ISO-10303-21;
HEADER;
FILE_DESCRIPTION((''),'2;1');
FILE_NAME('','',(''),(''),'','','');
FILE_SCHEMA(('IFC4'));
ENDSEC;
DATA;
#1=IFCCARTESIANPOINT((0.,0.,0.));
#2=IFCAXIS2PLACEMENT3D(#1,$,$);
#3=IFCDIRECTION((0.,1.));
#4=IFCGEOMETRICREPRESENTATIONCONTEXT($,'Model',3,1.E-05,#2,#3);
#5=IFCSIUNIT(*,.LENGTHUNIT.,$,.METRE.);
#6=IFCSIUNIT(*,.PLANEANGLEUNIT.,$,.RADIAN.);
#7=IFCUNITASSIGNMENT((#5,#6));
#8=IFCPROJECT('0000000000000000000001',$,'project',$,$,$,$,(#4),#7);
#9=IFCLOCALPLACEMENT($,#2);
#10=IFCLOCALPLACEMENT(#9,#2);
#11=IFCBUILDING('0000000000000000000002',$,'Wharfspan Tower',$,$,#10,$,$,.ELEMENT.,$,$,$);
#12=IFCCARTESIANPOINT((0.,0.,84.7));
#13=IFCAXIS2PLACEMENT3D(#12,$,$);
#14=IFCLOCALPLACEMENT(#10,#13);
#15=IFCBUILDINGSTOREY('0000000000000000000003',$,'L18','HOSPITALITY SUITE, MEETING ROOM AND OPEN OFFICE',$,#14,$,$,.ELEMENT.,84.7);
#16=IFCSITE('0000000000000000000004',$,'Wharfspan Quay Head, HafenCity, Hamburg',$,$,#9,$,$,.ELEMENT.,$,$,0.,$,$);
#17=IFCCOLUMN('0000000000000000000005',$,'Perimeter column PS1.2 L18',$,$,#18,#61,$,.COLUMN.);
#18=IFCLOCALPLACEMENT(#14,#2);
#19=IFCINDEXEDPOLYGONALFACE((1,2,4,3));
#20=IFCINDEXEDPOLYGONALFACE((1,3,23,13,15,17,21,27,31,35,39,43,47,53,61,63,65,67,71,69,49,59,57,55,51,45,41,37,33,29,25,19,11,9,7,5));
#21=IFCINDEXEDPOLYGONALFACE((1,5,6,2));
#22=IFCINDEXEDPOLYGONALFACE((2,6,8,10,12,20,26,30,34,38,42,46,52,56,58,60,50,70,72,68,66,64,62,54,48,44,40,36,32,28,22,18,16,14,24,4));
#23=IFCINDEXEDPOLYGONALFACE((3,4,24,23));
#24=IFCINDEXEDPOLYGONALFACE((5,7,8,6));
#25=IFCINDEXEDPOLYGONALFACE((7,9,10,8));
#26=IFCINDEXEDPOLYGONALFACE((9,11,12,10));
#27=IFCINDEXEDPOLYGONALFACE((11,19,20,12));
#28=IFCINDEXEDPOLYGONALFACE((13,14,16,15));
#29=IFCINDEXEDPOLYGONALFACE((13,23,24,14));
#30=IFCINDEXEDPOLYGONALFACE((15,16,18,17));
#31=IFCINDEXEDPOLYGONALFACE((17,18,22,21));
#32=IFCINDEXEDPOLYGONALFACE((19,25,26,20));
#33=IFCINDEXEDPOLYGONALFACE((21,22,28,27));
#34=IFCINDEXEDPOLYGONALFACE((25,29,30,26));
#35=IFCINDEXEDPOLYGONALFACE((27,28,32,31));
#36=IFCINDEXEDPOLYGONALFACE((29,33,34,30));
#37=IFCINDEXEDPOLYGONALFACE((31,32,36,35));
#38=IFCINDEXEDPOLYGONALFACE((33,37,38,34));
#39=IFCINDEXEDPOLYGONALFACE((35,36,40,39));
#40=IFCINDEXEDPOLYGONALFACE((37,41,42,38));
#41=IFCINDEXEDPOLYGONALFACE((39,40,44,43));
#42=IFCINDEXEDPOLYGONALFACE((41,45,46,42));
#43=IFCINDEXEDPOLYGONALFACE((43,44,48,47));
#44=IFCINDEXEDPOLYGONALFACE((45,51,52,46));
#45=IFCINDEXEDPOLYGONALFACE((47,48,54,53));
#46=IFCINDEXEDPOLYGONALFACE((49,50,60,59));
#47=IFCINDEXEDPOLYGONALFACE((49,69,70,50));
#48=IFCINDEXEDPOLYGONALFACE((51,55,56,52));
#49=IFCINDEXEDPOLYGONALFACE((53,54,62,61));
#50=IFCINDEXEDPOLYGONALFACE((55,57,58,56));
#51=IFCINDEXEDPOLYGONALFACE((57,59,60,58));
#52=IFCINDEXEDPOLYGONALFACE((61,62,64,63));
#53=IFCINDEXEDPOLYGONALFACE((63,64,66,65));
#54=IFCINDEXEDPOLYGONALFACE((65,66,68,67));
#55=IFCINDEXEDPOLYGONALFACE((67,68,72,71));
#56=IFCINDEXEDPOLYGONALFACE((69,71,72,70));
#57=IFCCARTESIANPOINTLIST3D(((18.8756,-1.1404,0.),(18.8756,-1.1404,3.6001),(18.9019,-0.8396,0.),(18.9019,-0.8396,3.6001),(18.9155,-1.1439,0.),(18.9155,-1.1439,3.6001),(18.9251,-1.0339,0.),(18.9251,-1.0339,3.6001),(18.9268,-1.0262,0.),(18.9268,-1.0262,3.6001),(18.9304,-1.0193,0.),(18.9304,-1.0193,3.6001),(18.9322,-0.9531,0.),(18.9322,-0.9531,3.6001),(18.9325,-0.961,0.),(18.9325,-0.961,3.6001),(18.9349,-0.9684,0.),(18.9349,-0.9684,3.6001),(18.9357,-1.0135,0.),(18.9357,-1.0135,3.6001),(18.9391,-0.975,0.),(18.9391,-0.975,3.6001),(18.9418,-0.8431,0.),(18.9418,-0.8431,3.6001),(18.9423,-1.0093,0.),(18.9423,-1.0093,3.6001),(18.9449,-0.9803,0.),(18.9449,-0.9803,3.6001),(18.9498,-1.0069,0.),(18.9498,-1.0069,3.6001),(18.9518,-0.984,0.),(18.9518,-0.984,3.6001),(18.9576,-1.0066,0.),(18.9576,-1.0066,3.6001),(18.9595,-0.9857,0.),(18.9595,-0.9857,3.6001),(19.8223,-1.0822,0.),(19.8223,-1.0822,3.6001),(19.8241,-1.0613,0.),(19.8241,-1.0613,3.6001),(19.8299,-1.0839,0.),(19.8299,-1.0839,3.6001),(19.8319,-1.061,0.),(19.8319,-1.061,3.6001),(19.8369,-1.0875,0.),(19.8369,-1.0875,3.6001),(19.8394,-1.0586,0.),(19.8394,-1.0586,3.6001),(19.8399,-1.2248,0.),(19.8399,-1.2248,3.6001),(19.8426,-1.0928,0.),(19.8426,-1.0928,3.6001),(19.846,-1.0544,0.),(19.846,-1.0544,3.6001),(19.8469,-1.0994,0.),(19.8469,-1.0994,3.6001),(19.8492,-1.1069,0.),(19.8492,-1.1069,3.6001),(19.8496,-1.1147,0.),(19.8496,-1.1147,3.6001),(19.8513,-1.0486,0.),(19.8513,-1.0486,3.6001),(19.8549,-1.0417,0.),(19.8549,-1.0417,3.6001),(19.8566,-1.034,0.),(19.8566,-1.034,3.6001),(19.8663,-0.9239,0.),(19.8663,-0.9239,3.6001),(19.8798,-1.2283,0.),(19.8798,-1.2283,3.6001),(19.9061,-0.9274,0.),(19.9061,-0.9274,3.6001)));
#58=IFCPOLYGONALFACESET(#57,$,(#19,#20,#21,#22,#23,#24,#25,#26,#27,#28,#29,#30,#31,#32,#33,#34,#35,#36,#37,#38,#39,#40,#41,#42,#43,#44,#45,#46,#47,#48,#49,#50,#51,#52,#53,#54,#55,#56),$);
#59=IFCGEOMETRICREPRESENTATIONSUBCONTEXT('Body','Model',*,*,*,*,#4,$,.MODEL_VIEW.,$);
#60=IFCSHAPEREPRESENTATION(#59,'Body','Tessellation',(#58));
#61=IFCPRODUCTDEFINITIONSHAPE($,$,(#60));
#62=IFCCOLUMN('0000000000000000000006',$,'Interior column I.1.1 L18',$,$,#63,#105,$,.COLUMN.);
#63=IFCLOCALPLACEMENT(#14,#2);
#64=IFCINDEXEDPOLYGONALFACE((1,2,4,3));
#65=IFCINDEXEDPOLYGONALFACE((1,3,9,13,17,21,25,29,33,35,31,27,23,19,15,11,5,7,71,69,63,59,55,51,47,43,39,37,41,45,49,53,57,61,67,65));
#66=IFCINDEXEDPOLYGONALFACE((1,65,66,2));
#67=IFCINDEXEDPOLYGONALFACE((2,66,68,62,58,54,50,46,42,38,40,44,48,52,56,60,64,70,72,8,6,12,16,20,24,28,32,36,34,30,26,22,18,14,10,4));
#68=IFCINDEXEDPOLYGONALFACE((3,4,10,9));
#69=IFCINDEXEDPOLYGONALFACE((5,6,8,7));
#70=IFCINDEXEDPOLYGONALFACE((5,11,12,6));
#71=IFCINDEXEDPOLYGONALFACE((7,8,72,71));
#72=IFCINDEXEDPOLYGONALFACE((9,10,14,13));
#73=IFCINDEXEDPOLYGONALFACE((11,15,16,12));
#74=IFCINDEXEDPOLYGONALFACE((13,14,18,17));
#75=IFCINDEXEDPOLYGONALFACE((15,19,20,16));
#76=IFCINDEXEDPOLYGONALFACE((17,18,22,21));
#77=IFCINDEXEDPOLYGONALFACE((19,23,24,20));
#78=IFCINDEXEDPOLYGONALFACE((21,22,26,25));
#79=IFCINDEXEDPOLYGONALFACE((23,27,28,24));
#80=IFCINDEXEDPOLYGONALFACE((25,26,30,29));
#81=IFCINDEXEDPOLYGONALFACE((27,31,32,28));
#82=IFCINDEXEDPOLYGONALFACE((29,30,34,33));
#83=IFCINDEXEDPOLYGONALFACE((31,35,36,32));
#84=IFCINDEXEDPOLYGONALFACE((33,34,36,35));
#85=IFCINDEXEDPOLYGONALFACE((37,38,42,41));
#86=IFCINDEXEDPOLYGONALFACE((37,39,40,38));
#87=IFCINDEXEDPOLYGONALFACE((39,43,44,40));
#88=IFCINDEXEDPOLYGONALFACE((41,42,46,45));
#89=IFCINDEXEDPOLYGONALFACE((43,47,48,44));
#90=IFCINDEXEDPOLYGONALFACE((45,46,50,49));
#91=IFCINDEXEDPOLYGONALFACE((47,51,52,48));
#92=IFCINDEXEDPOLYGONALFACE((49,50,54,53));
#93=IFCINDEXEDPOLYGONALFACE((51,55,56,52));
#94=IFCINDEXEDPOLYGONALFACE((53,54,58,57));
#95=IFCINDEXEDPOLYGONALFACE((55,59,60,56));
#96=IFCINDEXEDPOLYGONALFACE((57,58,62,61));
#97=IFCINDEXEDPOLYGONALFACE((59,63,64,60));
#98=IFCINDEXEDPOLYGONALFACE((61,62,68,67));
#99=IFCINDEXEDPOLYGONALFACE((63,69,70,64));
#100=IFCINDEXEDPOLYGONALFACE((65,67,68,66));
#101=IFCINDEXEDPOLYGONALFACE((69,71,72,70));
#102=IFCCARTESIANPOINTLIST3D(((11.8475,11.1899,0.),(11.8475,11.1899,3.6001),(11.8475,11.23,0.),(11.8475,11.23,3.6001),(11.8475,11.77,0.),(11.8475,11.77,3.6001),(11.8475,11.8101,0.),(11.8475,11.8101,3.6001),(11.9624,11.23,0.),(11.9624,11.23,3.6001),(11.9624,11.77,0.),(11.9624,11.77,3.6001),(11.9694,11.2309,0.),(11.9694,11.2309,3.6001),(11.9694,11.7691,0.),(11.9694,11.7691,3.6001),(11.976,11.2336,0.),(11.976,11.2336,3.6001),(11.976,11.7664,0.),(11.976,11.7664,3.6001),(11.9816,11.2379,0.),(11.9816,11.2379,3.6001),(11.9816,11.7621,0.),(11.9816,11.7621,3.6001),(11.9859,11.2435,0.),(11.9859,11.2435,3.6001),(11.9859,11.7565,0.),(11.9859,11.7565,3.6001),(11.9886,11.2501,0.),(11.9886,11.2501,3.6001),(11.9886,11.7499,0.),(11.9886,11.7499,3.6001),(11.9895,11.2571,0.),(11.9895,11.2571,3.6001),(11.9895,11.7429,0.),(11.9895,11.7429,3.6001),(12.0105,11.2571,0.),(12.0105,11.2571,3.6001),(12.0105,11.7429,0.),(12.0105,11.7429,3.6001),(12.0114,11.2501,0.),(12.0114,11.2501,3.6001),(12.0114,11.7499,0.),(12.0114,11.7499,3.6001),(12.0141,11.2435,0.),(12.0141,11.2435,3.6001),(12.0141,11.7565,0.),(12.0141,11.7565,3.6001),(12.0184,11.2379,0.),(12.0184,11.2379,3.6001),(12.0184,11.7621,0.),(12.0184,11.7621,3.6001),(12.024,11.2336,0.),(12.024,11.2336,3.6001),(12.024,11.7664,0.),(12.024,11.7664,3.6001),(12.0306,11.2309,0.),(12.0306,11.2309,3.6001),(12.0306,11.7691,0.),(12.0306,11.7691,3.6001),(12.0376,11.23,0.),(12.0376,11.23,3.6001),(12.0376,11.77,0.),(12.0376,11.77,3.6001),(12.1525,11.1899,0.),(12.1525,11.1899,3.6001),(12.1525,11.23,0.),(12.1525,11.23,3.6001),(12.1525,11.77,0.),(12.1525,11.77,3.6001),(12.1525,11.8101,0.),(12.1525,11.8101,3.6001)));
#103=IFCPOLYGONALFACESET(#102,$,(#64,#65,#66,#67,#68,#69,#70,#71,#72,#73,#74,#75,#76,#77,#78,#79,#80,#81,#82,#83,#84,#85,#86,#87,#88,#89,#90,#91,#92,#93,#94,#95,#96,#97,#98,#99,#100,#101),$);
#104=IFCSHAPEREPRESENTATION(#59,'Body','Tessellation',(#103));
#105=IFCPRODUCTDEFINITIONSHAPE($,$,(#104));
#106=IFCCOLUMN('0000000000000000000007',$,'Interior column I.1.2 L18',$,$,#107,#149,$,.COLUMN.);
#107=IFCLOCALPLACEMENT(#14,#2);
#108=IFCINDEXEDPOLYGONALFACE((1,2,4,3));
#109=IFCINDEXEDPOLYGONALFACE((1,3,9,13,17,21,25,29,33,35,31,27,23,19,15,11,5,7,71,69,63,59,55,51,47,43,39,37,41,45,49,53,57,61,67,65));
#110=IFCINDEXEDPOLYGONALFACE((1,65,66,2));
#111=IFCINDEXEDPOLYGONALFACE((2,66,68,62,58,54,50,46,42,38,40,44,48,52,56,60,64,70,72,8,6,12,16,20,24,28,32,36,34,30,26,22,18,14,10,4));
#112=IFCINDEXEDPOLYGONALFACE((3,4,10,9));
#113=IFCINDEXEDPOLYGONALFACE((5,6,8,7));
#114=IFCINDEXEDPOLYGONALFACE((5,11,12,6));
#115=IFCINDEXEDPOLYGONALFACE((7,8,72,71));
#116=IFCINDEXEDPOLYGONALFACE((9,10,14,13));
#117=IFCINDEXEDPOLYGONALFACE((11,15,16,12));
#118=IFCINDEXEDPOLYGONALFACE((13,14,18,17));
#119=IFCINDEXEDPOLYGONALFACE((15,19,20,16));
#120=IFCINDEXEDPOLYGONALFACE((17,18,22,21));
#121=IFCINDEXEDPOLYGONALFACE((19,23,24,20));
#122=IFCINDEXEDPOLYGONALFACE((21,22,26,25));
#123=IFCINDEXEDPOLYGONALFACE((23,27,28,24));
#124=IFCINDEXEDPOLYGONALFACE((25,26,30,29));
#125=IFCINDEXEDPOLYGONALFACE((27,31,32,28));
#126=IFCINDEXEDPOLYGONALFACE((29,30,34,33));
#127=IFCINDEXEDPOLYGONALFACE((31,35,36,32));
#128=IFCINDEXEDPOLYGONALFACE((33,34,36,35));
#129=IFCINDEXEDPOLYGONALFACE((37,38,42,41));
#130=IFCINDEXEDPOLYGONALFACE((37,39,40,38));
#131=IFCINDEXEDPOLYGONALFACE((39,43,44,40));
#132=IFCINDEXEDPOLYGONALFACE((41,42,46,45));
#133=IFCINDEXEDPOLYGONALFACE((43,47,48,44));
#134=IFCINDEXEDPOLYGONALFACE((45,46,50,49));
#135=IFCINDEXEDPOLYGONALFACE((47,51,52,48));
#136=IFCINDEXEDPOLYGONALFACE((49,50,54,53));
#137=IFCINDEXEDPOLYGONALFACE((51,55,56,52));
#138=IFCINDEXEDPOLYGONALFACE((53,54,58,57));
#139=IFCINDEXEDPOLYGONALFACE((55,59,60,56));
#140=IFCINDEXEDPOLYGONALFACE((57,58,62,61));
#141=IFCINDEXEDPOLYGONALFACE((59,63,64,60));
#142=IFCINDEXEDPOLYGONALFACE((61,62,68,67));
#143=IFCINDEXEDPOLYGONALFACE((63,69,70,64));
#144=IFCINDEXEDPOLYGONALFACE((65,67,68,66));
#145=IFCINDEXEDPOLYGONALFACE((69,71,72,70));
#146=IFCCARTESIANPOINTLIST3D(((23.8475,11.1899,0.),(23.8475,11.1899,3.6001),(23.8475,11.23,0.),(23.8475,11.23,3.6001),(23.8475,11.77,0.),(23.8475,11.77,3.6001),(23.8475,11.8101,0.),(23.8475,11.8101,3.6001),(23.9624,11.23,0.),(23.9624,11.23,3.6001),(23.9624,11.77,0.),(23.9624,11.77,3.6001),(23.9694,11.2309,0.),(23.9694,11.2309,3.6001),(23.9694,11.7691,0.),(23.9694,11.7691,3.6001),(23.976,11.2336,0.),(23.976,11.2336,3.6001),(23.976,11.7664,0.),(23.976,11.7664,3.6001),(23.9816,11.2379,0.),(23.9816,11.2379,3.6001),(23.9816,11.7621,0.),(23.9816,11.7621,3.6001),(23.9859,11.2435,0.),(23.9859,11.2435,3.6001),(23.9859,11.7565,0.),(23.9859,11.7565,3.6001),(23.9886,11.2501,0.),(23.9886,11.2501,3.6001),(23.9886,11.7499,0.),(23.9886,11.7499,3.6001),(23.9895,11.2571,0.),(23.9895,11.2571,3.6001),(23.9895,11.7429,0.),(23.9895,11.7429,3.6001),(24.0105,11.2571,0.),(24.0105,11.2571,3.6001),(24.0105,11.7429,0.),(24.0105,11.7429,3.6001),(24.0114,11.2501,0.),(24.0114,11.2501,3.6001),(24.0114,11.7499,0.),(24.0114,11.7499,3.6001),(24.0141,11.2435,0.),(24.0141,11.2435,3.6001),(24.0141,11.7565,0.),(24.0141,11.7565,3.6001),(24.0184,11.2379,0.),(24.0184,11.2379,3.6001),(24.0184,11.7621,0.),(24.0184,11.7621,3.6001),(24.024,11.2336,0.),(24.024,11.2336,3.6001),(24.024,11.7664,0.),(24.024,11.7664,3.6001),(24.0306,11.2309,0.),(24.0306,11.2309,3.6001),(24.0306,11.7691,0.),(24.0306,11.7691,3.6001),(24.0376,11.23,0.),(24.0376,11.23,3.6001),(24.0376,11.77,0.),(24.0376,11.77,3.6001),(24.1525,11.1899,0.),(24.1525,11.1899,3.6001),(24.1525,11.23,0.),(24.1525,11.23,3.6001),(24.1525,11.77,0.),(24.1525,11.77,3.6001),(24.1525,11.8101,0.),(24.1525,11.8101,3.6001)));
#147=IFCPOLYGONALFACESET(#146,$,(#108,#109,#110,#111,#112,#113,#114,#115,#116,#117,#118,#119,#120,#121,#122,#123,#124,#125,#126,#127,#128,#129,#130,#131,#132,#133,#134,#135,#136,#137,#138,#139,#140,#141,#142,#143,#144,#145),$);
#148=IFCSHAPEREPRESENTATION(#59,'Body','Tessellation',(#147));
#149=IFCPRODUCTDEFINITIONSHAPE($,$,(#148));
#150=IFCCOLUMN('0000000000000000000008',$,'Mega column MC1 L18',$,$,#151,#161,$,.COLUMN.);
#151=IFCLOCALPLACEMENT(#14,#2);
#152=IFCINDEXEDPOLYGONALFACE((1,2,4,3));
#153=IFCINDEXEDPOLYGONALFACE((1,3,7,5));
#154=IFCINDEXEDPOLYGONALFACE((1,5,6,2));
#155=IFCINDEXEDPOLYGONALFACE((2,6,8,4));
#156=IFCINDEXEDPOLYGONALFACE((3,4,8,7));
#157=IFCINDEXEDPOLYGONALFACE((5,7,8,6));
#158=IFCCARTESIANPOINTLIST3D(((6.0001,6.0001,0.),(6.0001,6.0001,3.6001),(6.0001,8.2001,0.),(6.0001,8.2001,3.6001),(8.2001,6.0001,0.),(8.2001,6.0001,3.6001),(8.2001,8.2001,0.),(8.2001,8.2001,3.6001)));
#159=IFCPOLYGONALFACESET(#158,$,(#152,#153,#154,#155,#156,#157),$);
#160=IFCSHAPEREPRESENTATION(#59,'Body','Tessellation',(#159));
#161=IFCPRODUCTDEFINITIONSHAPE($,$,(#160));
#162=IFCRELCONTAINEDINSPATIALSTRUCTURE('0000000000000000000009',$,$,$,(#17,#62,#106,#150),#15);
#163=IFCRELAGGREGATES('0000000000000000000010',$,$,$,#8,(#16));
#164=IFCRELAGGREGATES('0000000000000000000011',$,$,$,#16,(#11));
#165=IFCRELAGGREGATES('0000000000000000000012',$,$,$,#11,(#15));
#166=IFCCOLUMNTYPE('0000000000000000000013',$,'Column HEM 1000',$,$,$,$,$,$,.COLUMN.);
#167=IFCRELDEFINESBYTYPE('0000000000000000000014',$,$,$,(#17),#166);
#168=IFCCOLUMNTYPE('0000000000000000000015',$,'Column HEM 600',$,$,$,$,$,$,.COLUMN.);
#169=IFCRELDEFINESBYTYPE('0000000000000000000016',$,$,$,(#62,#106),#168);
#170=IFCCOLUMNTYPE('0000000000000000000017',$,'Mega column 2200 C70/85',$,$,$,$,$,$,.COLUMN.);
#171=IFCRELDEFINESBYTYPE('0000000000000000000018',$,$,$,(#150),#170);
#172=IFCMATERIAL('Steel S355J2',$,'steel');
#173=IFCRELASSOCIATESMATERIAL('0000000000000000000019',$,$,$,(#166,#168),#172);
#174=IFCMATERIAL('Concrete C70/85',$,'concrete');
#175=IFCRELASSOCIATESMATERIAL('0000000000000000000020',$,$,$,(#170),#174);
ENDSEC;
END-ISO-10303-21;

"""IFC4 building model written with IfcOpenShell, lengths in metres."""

from ifc_helpers import new_model, si_unit, direction, frame, origin, origin_2d, place, context, subcontext, project, spatial, rectangle, i_section, extrude, material, material_profile, profile_set, type_object, element, save


model = new_model("IFC4")

# Units and contexts
model_context = context("Model", 3, precision=1e-05, world=origin(), true_north=direction((0.0, 1.0)))
body_context = subcontext(model_context, "Body", "Model", "MODEL_VIEW")
ifc_project = project(units=[si_unit("LENGTHUNIT", "METRE"), si_unit("PLANEANGLEUNIT", "RADIAN")], contexts=[model_context])

# Site, building, storey
site_placement = place(None, origin())
site = spatial("IfcSite", under=ifc_project, at=site_placement, Name="Wharfspan Quay Head, HafenCity, Hamburg", CompositionType="ELEMENT", RefElevation=0.0)
building_placement = place(site_placement, origin())
building = spatial("IfcBuilding", under=site, at=building_placement, Name="Wharfspan Tower", CompositionType="ELEMENT")
storey_placement = place(building_placement, frame((0.0, 0.0, 84.7)))
storey = spatial("IfcBuildingStorey", under=building, at=storey_placement, Name="L18", Description="HOSPITALITY SUITE, MEETING ROOM AND OPEN OFFICE", CompositionType="ELEMENT", Elevation=84.7)

# Columns
ifc_material_1 = material(Name="Steel S355J2", Category="steel")
ifc_material_profile_1 = material_profile(ifc_material_1, i_section(OverallWidth=0.302, OverallDepth=1.0081, WebThickness=0.021, FlangeThickness=0.04, FilletRadius=0.03, at=origin_2d()))
ifc_profile_set_1 = profile_set([ifc_material_profile_1], Name="Steel S355J2")
column_type_1 = type_object("IfcColumnType", Name="Column HEM 1000", PredefinedType="COLUMN", material=ifc_profile_set_1)
column_1_placement = place(storey_placement, frame((19.3909, -1.0339, 0.0), z_axis=(0.0, 0.0, 1.0), x_axis=(-0.087156, -0.996198, 0.0)))
element("IfcColumn", 1, at=column_1_placement, inside=storey, type_object=column_type_1, Name="Perimeter column PS1.2 L18", PredefinedType="COLUMN", context=body_context, shape_type="SweptSolid", body=[
    extrude(i_section(OverallWidth=0.302, OverallDepth=1.0081, WebThickness=0.021, FlangeThickness=0.04, FilletRadius=0.03, at=origin_2d()), origin(), (0.0, 0.0, 1.0), 3.6001),
])
ifc_material_profile_2 = material_profile(ifc_material_1, i_section(OverallWidth=0.3049, OverallDepth=0.6201, WebThickness=0.021, FlangeThickness=0.04, FilletRadius=0.0271, at=origin_2d()))
ifc_profile_set_2 = profile_set([ifc_material_profile_2], Name="Steel S355J2")
column_type_2 = type_object("IfcColumnType", Name="Column HEM 600", PredefinedType="COLUMN", material=ifc_profile_set_2)
for number, where, z_axis, x_axis, name in (
    (2, (12.0, 11.5, 0.0), (0.0, 0.0, 1.0), (1.0, 0.0, 0.0), "Interior column I.1.1 L18"),
    (3, (24.0, 11.5, 0.0), (0.0, 0.0, 1.0), (1.0, 0.0, 0.0), "Interior column I.1.2 L18"),
):
    element("IfcColumn", number, at=place(storey_placement, frame(where, z_axis=z_axis, x_axis=x_axis)), inside=storey, type_object=column_type_2, Name=name, PredefinedType="COLUMN", context=body_context, shape_type="SweptSolid", body=[
        extrude(i_section(OverallWidth=0.3049, OverallDepth=0.6201, WebThickness=0.021, FlangeThickness=0.04, FilletRadius=0.0271, at=origin_2d()), origin(), (0.0, 0.0, 1.0), 3.6001),
    ])
ifc_material_2 = material(Name="Concrete C70/85", Category="concrete")
ifc_material_profile_3 = material_profile(ifc_material_2, rectangle(XDim=2.2, YDim=2.2, at=origin_2d()))
ifc_profile_set_3 = profile_set([ifc_material_profile_3], Name="Concrete C70/85")
column_type_3 = type_object("IfcColumnType", Name="Mega column 2200 C70/85", PredefinedType="COLUMN", material=ifc_profile_set_3)
column_2_placement = place(storey_placement, frame((7.1001, 7.1001, 0.0), z_axis=(0.0, 0.0, 1.0), x_axis=(1.0, 0.0, 0.0)))
element("IfcColumn", 4, at=column_2_placement, inside=storey, type_object=column_type_3, Name="Mega column MC1 L18", PredefinedType="COLUMN", context=body_context, shape_type="SweptSolid", body=[
    extrude(rectangle(XDim=2.2, YDim=2.2, at=origin_2d()), origin(), (0.0, 0.0, 1.0), 3.6001),
])

save(model, "model.ifc")
